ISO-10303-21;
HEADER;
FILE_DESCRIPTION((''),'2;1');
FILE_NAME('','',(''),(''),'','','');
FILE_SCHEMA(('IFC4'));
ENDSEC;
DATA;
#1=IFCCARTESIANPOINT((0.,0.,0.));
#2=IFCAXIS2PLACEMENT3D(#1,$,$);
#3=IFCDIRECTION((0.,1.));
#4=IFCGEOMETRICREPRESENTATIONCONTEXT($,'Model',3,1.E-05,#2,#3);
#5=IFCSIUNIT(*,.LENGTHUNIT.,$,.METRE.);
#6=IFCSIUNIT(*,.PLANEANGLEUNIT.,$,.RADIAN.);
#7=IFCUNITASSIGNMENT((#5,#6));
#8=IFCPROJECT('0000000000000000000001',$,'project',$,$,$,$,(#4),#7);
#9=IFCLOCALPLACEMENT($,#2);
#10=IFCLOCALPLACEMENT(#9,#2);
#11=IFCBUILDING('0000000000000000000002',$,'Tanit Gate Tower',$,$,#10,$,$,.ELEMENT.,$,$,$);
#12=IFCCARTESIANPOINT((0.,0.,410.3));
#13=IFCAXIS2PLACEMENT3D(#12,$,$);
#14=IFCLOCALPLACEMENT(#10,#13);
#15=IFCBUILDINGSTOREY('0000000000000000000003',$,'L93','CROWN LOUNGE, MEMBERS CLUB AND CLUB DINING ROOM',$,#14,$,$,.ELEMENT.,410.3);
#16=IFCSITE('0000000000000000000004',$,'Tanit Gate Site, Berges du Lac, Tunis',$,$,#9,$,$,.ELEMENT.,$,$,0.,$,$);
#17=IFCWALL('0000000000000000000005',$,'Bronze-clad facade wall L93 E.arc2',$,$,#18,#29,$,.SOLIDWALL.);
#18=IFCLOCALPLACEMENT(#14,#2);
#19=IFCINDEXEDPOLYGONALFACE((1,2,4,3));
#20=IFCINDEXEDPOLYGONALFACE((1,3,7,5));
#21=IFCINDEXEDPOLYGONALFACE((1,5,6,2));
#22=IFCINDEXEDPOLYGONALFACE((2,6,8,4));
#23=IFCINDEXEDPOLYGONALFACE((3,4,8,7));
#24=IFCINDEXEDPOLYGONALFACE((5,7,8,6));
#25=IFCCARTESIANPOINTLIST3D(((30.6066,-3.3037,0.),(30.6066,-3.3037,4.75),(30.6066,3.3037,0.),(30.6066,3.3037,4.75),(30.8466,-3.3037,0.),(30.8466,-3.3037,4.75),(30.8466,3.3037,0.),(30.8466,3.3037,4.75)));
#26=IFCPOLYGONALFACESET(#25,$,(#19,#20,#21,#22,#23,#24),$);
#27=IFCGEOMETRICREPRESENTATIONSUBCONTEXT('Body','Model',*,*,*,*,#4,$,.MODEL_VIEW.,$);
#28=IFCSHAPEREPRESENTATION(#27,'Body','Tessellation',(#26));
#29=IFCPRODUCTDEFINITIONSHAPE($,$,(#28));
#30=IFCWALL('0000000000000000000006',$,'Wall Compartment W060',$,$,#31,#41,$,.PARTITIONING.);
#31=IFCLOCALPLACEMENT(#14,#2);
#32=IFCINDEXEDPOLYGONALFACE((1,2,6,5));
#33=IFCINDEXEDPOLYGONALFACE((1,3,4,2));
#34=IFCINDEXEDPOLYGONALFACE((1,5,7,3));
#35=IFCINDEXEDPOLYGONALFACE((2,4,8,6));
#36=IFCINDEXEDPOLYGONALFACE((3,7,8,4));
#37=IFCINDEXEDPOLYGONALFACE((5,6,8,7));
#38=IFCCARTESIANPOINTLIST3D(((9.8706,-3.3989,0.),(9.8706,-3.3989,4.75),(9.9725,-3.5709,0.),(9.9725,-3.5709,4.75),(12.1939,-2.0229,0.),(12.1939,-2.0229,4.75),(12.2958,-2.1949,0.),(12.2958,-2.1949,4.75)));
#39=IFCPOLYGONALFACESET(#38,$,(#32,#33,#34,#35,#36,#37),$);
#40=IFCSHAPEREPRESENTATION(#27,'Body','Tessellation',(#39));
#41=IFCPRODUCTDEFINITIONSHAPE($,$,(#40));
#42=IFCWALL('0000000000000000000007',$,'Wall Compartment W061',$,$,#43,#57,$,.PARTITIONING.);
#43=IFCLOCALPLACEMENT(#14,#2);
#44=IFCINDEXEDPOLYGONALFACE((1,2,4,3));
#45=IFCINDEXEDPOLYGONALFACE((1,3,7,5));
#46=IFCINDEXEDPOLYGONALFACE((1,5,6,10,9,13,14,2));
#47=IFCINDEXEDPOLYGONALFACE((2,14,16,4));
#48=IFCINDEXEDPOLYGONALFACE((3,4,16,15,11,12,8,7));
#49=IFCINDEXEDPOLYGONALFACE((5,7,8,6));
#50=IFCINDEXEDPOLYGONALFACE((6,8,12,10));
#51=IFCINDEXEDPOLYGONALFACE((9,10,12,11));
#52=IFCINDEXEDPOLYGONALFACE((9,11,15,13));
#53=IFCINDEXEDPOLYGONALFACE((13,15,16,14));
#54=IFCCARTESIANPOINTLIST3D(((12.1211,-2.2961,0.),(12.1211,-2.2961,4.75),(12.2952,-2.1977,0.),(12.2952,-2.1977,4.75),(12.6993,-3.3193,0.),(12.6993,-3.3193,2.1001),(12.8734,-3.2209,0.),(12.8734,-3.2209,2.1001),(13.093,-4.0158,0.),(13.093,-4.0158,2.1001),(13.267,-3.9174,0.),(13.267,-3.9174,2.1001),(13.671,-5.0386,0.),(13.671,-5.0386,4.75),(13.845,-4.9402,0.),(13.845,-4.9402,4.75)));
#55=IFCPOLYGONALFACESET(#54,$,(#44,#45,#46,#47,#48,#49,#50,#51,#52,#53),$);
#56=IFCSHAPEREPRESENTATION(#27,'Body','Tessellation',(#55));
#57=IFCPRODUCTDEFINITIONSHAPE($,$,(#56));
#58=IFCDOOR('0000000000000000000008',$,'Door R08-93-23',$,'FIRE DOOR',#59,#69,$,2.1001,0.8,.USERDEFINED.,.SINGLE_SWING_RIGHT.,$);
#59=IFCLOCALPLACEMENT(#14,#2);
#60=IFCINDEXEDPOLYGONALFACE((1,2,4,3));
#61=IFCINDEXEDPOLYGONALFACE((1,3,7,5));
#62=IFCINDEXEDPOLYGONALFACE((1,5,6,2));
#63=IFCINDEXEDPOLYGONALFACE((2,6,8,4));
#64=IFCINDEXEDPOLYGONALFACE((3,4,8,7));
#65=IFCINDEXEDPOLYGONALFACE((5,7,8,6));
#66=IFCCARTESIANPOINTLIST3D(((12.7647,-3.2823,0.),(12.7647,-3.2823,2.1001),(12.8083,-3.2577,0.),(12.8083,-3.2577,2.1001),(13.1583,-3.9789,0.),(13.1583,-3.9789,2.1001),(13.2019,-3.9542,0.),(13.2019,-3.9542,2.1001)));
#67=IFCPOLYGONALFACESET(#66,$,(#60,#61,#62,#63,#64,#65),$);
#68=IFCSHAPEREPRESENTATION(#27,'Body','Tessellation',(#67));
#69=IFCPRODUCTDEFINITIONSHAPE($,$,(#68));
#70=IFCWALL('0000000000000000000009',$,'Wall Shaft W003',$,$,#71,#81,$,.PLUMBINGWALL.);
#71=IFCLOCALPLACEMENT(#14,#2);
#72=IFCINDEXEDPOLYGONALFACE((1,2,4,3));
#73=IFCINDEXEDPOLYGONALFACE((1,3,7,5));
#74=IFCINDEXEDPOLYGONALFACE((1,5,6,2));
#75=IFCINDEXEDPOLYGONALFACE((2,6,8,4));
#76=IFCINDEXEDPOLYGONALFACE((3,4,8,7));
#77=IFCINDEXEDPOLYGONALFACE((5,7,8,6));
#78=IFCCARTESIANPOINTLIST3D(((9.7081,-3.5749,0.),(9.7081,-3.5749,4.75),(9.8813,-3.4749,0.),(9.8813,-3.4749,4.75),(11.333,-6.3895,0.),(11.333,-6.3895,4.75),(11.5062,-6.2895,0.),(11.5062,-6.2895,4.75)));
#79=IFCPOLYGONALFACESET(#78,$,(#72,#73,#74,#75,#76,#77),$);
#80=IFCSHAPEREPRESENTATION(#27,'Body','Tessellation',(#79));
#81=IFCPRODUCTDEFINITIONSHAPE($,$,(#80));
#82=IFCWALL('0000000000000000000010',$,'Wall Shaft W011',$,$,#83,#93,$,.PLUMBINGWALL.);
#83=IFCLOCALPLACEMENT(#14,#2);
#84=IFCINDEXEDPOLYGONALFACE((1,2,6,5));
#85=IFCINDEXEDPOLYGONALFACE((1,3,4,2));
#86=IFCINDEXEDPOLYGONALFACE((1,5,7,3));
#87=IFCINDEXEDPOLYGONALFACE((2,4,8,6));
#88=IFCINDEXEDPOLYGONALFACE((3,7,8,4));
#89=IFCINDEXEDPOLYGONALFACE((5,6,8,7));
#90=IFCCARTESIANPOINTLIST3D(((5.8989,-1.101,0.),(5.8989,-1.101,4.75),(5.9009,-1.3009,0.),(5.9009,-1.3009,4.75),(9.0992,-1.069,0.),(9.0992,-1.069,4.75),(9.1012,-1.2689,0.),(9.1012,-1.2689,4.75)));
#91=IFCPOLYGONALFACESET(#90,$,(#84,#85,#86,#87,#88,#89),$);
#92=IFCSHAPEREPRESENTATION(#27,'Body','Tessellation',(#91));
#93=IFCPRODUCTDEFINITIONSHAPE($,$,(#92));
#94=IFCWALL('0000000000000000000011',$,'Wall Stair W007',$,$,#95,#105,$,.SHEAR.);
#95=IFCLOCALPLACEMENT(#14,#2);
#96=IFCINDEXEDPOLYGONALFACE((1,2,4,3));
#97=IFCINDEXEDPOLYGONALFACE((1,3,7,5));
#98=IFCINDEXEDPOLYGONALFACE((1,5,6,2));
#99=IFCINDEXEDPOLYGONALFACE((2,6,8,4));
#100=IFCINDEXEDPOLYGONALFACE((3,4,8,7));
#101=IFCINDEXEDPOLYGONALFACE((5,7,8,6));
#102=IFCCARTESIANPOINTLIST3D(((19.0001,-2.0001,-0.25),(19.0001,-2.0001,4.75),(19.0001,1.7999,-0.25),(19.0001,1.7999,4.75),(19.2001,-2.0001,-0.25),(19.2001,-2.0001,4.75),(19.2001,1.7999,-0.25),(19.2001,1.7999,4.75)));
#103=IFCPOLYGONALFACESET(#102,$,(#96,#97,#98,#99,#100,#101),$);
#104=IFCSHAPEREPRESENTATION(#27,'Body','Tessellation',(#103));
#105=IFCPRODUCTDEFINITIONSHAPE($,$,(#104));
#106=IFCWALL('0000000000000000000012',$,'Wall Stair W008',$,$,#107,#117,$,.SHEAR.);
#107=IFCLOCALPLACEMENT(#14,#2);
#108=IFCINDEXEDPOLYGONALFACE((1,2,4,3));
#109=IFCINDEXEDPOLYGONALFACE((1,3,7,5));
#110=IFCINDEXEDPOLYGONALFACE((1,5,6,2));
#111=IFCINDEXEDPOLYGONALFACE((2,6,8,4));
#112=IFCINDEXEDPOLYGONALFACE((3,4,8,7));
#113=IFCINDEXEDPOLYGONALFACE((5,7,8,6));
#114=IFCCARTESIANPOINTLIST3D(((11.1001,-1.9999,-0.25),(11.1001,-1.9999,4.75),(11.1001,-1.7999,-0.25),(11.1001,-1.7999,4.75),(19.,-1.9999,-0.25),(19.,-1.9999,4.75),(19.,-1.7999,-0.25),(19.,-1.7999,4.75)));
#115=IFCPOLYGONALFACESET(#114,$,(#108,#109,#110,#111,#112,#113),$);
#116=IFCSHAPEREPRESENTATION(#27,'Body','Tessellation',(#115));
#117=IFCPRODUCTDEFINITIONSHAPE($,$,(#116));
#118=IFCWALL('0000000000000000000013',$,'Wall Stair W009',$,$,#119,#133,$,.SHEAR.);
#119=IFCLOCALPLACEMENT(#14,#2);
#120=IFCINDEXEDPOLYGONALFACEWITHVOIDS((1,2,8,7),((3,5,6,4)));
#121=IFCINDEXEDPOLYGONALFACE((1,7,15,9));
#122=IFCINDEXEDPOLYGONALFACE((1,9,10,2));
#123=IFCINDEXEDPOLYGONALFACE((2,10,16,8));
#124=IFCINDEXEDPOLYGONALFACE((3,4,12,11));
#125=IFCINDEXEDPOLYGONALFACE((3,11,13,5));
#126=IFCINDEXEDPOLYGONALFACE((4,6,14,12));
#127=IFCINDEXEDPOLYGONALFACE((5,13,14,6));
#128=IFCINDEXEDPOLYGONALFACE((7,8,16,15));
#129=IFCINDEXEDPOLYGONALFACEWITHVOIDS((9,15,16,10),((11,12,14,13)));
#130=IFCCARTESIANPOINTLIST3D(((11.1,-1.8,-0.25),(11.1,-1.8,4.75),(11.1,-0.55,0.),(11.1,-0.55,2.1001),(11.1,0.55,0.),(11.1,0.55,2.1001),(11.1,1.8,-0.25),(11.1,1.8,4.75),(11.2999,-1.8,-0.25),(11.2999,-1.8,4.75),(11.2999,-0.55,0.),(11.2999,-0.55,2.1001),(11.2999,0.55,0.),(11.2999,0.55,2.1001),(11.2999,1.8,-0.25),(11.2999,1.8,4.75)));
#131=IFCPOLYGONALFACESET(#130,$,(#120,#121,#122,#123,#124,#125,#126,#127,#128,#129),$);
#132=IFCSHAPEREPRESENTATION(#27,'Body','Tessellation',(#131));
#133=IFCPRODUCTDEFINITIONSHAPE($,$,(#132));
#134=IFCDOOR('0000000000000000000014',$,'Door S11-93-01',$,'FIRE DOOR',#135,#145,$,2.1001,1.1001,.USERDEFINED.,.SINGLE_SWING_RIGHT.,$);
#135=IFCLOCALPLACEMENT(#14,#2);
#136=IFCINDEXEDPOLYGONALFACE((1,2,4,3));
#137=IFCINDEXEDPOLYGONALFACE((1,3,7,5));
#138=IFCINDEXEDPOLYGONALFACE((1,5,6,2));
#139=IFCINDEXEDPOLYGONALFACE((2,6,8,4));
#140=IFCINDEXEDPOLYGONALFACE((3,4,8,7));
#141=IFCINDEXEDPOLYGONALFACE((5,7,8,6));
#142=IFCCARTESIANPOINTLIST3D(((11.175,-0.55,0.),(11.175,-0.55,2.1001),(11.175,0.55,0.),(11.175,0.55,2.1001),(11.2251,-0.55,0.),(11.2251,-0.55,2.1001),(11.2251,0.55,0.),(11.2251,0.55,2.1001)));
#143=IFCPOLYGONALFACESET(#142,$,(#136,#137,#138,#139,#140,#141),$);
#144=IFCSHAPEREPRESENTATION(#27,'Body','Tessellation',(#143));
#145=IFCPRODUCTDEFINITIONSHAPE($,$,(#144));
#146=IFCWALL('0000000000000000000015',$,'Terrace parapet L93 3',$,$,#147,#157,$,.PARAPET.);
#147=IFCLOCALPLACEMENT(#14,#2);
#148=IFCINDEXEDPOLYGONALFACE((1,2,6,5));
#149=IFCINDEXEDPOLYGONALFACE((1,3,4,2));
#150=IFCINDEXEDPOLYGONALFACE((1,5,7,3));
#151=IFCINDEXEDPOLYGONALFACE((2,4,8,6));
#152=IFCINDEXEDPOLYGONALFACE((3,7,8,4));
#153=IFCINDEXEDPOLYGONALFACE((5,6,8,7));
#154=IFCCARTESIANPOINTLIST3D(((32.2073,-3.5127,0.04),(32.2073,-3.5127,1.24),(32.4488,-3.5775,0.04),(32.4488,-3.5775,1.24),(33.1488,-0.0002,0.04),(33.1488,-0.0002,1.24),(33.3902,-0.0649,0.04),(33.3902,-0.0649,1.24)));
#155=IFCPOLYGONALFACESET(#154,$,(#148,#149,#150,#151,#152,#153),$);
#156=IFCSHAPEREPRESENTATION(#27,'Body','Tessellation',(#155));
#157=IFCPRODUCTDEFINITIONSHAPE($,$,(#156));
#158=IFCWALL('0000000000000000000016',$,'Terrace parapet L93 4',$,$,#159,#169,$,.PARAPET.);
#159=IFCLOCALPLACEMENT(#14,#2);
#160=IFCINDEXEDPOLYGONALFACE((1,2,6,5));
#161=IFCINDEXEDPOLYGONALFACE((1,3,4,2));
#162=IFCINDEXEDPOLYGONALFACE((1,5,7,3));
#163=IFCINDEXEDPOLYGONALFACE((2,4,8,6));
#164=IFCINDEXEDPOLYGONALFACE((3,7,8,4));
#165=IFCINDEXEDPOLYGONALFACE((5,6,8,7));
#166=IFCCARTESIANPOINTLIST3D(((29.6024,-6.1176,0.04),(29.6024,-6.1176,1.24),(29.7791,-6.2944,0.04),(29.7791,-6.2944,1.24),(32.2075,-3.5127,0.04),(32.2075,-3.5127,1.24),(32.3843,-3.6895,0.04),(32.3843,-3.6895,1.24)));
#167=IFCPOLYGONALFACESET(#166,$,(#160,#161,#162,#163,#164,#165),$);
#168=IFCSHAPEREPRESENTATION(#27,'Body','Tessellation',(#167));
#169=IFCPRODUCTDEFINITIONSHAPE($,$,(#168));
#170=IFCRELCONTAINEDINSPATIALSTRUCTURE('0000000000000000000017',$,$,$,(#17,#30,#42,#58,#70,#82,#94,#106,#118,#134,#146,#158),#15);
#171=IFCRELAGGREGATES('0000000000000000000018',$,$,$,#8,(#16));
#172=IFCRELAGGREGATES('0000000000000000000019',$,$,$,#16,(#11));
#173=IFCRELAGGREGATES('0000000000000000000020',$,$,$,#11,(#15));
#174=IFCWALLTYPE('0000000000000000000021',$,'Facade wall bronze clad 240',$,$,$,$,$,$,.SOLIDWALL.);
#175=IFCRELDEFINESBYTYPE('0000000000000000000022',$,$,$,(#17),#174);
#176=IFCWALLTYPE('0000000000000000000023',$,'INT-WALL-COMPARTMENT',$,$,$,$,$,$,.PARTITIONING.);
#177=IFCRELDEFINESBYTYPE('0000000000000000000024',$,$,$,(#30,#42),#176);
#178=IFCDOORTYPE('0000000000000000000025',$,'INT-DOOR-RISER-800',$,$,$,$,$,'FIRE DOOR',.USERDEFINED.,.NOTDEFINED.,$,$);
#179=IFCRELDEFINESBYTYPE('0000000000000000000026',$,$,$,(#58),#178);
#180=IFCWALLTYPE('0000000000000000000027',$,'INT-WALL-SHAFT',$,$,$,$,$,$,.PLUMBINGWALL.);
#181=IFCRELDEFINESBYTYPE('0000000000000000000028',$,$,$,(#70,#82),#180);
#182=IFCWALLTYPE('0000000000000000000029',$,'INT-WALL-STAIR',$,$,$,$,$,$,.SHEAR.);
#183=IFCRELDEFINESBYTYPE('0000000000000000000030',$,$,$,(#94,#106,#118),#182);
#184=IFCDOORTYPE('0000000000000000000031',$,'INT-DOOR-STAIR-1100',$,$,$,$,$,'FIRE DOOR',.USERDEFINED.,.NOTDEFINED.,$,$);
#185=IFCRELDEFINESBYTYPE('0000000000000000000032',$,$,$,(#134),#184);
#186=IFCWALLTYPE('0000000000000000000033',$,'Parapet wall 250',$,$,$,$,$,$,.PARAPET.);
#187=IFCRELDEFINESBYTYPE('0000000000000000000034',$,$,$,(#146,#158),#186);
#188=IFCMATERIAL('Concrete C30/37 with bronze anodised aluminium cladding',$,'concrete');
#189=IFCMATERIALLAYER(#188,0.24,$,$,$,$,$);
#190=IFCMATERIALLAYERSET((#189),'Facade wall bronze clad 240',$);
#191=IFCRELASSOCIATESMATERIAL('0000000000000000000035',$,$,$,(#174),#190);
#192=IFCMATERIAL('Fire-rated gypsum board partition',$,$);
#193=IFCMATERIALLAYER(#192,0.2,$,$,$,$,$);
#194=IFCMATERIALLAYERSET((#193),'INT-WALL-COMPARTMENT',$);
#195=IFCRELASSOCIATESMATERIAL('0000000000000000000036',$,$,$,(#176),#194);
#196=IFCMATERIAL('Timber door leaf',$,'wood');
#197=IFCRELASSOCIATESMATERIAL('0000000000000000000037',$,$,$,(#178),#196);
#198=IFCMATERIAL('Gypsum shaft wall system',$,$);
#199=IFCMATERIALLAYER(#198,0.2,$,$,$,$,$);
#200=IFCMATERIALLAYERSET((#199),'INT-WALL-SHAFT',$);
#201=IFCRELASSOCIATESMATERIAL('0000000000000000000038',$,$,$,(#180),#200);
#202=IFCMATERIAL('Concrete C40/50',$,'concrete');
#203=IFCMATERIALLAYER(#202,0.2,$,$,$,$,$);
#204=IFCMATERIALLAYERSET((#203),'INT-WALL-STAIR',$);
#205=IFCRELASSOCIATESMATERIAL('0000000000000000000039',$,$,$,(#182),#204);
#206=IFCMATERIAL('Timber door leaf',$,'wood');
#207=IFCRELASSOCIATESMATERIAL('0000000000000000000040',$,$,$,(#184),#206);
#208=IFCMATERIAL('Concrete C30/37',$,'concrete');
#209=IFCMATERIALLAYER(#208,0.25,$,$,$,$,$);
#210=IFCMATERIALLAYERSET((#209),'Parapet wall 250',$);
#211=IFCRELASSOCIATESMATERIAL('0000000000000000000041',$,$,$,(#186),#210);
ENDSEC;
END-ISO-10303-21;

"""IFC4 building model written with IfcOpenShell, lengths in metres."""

from ifc_helpers import new_model, si_unit, direction, frame, frame_2d, origin, place, context, subcontext, project, spatial, rectangle, extrude, material, layer, layer_set, type_object, element, fill, save


model = new_model("IFC4")

# Units and contexts
model_context = context("Model", 3, precision=1e-05, world=origin(), true_north=direction((0.0, 1.0)))
body_context = subcontext(model_context, "Body", "Model", "MODEL_VIEW")
ifc_project = project(units=[si_unit("LENGTHUNIT", "METRE"), si_unit("PLANEANGLEUNIT", "RADIAN")], contexts=[model_context])

# Site, building, storey
site_placement = place(None, origin())
site = spatial("IfcSite", under=ifc_project, at=site_placement, Name="Tanit Gate Site, Berges du Lac, Tunis", CompositionType="ELEMENT", RefElevation=0.0)
building_placement = place(site_placement, origin())
building = spatial("IfcBuilding", under=site, at=building_placement, Name="Tanit Gate Tower", CompositionType="ELEMENT")
storey_placement = place(building_placement, frame((0.0, 0.0, 410.3)))
storey = spatial("IfcBuildingStorey", under=building, at=storey_placement, Name="L93", Description="CROWN LOUNGE, MEMBERS CLUB AND CLUB DINING ROOM", CompositionType="ELEMENT", Elevation=410.3)

# Walls
ifc_material_1 = material(Name="Concrete C30/37 with bronze anodised aluminium cladding", Category="concrete")
ifc_layer_1 = layer(ifc_material_1, 0.24)
ifc_layer_set_1 = layer_set([ifc_layer_1], Name="Facade wall bronze clad 240")
wall_type_1 = type_object("IfcWallType", Name="Facade wall bronze clad 240", PredefinedType="SOLIDWALL", material=ifc_layer_set_1)
wall_1_placement = place(storey_placement, frame((30.7266, -3.3037, 0.0), z_axis=(0.0, 0.0, 1.0), x_axis=(0.0, 1.0, 0.0)))
element("IfcWall", 1, at=wall_1_placement, inside=storey, type_object=wall_type_1, Name="Bronze-clad facade wall L93 E.arc2", PredefinedType="SOLIDWALL", context=body_context, shape_type="SweptSolid", body=[
    extrude(rectangle(XDim=6.6074, YDim=0.24, at=frame_2d((3.3037, 0.0))), origin(), (0.0, 0.0, 1.0), 4.75),
])
ifc_material_2 = material(Name="Fire-rated gypsum board partition")
ifc_layer_2 = layer(ifc_material_2, 0.2)
ifc_layer_set_2 = layer_set([ifc_layer_2], Name="INT-WALL-COMPARTMENT")
wall_type_2 = type_object("IfcWallType", Name="INT-WALL-COMPARTMENT", PredefinedType="PARTITIONING", material=ifc_layer_set_2)
wall_2_placement = place(storey_placement, frame((12.2449, -2.1089, 0.0), z_axis=(0.0, 0.0, 1.0), x_axis=(-0.860415, -0.509594, 0.0)))
element("IfcWall", 2, at=wall_2_placement, inside=storey, type_object=wall_type_2, Name="Wall Compartment W060", PredefinedType="PARTITIONING", context=body_context, shape_type="SweptSolid", body=[
    extrude(rectangle(XDim=2.7002, YDim=0.2, at=frame_2d((1.3501, 0.0))), origin(), (0.0, 0.0, 1.0), 4.75),
])

# Wall, opening, door
wall_3_placement = place(storey_placement, frame((13.7581, -4.9895, 0.0), z_axis=(0.0, 0.0, 1.0), x_axis=(-0.491993, 0.870599, 0.0)))
wall_3 = element("IfcWall", 3, at=wall_3_placement, inside=storey, type_object=wall_type_2, Name="Wall Compartment W061", PredefinedType="PARTITIONING", context=body_context, shape_type="SweptSolid", body=[
    extrude(rectangle(XDim=3.1501, YDim=0.2, at=frame_2d((1.5752, 0.0))), origin(), (0.0, 0.0, 1.0), 4.75),
])
opening_1_placement = place(wall_3_placement, frame((1.175, 0.0, 0.0)))
opening_1 = element("IfcOpeningElement", 4, at=opening_1_placement, cuts=wall_3, PredefinedType="OPENING", context=body_context, shape_type="SweptSolid", body=[
    extrude(rectangle(XDim=0.8, YDim=2.1001, at=frame_2d((0.3999, 1.05))), frame((0.0, 0.1099, 0.0), z_axis=(0.0, -1.0, 0.0), x_axis=(1.0, 0.0, 0.0)), (0.0, 0.0, 1.0), 0.22),
])
ifc_material_3 = material(Name="Timber door leaf", Category="wood")
door_type_1 = type_object("IfcDoorType", Name="INT-DOOR-RISER-800", ElementType="FIRE DOOR", OperationType="NOTDEFINED", PredefinedType="USERDEFINED", material=ifc_material_3)
door_1_placement = place(opening_1_placement, origin())
door_1 = element("IfcDoor", 5, at=door_1_placement, inside=storey, type_object=door_type_1, Name="Door R08-93-23", ObjectType="FIRE DOOR", OperationType="SINGLE_SWING_RIGHT", OverallHeight=2.1001, OverallWidth=0.8, PredefinedType="USERDEFINED", context=body_context, shape_type="SweptSolid", body=[
    extrude(rectangle(XDim=0.8, YDim=2.1001, at=frame_2d((0.3999, 1.05))), frame((0.0, 0.0249, 0.0), z_axis=(0.0, -1.0, 0.0), x_axis=(1.0, 0.0, 0.0)), (0.0, 0.0, 1.0), 0.05),
])
fill(opening_1, door_1)

# Walls
ifc_material_4 = material(Name="Gypsum shaft wall system")
ifc_layer_3 = layer(ifc_material_4, 0.2)
ifc_layer_set_3 = layer_set([ifc_layer_3], Name="INT-WALL-SHAFT")
wall_type_3 = type_object("IfcWallType", Name="INT-WALL-SHAFT", PredefinedType="PLUMBINGWALL", material=ifc_layer_set_3)
wall_4_placement = place(storey_placement, frame((9.7947, -3.5249, 0.0), z_axis=(0.0, 0.0, 1.0), x_axis=(0.499985, -0.866034, 0.0)))
element("IfcWall", 6, at=wall_4_placement, inside=storey, type_object=wall_type_3, Name="Wall Shaft W003", PredefinedType="PLUMBINGWALL", context=body_context, shape_type="SweptSolid", body=[
    extrude(rectangle(XDim=3.25, YDim=0.2, at=frame_2d((1.625, 0.0))), origin(), (0.0, 0.0, 1.0), 4.75),
])
wall_5_placement = place(storey_placement, frame((9.1001, -1.1689, 0.0), z_axis=(0.0, 0.0, 1.0), x_axis=(-0.99995, -0.009993, 0.0)))
element("IfcWall", 7, at=wall_5_placement, inside=storey, type_object=wall_type_3, Name="Wall Shaft W011", PredefinedType="PLUMBINGWALL", context=body_context, shape_type="SweptSolid", body=[
    extrude(rectangle(XDim=3.2004, YDim=0.2, at=frame_2d((1.6001, 0.0))), origin(), (0.0, 0.0, 1.0), 4.75),
])
ifc_material_5 = material(Name="Concrete C40/50", Category="concrete")
ifc_layer_4 = layer(ifc_material_5, 0.2)
ifc_layer_set_4 = layer_set([ifc_layer_4], Name="INT-WALL-STAIR")
wall_type_4 = type_object("IfcWallType", Name="INT-WALL-STAIR", PredefinedType="SHEAR", material=ifc_layer_set_4)
wall_6_placement = place(storey_placement, frame((19.1001, -2.0, -0.25), z_axis=(0.0, 0.0, 1.0), x_axis=(0.0, 1.0, 0.0)))
element("IfcWall", 8, at=wall_6_placement, inside=storey, type_object=wall_type_4, Name="Wall Stair W007", PredefinedType="SHEAR", context=body_context, shape_type="SweptSolid", body=[
    extrude(rectangle(XDim=3.8, YDim=0.2, at=frame_2d((1.8999, 0.0))), origin(), (0.0, 0.0, 1.0), 5.0),
])
wall_7_placement = place(storey_placement, frame((11.1001, -1.8999, -0.25), z_axis=(0.0, 0.0, 1.0), x_axis=(1.0, 0.0, 0.0)))
element("IfcWall", 9, at=wall_7_placement, inside=storey, type_object=wall_type_4, Name="Wall Stair W008", PredefinedType="SHEAR", context=body_context, shape_type="SweptSolid", body=[
    extrude(rectangle(XDim=7.8999, YDim=0.2, at=frame_2d((3.95, 0.0))), origin(), (0.0, 0.0, 1.0), 5.0),
])

# Wall, opening, door
wall_8_placement = place(storey_placement, frame((11.2, -1.8, -0.25), z_axis=(0.0, 0.0, 1.0), x_axis=(0.0, 1.0, 0.0)))
wall_8 = element("IfcWall", 10, at=wall_8_placement, inside=storey, type_object=wall_type_4, Name="Wall Stair W009", PredefinedType="SHEAR", context=body_context, shape_type="SweptSolid", body=[
    extrude(rectangle(XDim=3.6001, YDim=0.2, at=frame_2d((1.8, 0.0))), origin(), (0.0, 0.0, 1.0), 5.0),
])
opening_2_placement = place(wall_8_placement, frame((1.25, 0.0, 0.25)))
opening_2 = element("IfcOpeningElement", 11, at=opening_2_placement, cuts=wall_8, PredefinedType="OPENING", context=body_context, shape_type="SweptSolid", body=[
    extrude(rectangle(XDim=1.1001, YDim=2.1001, at=frame_2d((0.55, 1.05))), frame((0.0, 0.1099, 0.0), z_axis=(0.0, -1.0, 0.0), x_axis=(1.0, 0.0, 0.0)), (0.0, 0.0, 1.0), 0.22),
])
ifc_material_6 = material(Name="Timber door leaf", Category="wood")
door_type_2 = type_object("IfcDoorType", Name="INT-DOOR-STAIR-1100", ElementType="FIRE DOOR", OperationType="NOTDEFINED", PredefinedType="USERDEFINED", material=ifc_material_6)
door_2_placement = place(opening_2_placement, origin())
door_2 = element("IfcDoor", 12, at=door_2_placement, inside=storey, type_object=door_type_2, Name="Door S11-93-01", ObjectType="FIRE DOOR", OperationType="SINGLE_SWING_RIGHT", OverallHeight=2.1001, OverallWidth=1.1001, PredefinedType="USERDEFINED", context=body_context, shape_type="SweptSolid", body=[
    extrude(rectangle(XDim=1.1001, YDim=2.1001, at=frame_2d((0.55, 1.05))), frame((0.0, 0.0249, 0.0), z_axis=(0.0, -1.0, 0.0), x_axis=(1.0, 0.0, 0.0)), (0.0, 0.0, 1.0), 0.05),
])
fill(opening_2, door_2)

# Walls
ifc_material_7 = material(Name="Concrete C30/37", Category="concrete")
ifc_layer_5 = layer(ifc_material_7, 0.25)
ifc_layer_set_5 = layer_set([ifc_layer_5], Name="Parapet wall 250")
wall_type_5 = type_object("IfcWallType", Name="Parapet wall 250", PredefinedType="PARAPET", material=ifc_layer_set_5)
wall_9_placement = place(storey_placement, frame((33.2695, -0.0325, 0.04), z_axis=(0.0, 0.0, 1.0), x_axis=(-0.258883, -0.965909, 0.0)))
element("IfcWall", 13, at=wall_9_placement, inside=storey, type_object=wall_type_5, Name="Terrace parapet L93 3", PredefinedType="PARAPET", context=body_context, shape_type="SweptSolid", body=[
    extrude(rectangle(XDim=3.6365, YDim=0.25, at=frame_2d((1.8184, 0.0))), origin(), (0.0, 0.0, 1.0), 1.2),
])
wall_10_placement = place(storey_placement, frame((32.2959, -3.6011, 0.04), z_axis=(0.0, 0.0, 1.0), x_axis=(-0.70714, -0.707074, 0.0)))
element("IfcWall", 14, at=wall_10_placement, inside=storey, type_object=wall_type_5, Name="Terrace parapet L93 4", PredefinedType="PARAPET", context=body_context, shape_type="SweptSolid", body=[
    extrude(rectangle(XDim=3.6841, YDim=0.25, at=frame_2d((1.842, 0.0))), origin(), (0.0, 0.0, 1.0), 1.2),
])

save(model, "model.ifc")
